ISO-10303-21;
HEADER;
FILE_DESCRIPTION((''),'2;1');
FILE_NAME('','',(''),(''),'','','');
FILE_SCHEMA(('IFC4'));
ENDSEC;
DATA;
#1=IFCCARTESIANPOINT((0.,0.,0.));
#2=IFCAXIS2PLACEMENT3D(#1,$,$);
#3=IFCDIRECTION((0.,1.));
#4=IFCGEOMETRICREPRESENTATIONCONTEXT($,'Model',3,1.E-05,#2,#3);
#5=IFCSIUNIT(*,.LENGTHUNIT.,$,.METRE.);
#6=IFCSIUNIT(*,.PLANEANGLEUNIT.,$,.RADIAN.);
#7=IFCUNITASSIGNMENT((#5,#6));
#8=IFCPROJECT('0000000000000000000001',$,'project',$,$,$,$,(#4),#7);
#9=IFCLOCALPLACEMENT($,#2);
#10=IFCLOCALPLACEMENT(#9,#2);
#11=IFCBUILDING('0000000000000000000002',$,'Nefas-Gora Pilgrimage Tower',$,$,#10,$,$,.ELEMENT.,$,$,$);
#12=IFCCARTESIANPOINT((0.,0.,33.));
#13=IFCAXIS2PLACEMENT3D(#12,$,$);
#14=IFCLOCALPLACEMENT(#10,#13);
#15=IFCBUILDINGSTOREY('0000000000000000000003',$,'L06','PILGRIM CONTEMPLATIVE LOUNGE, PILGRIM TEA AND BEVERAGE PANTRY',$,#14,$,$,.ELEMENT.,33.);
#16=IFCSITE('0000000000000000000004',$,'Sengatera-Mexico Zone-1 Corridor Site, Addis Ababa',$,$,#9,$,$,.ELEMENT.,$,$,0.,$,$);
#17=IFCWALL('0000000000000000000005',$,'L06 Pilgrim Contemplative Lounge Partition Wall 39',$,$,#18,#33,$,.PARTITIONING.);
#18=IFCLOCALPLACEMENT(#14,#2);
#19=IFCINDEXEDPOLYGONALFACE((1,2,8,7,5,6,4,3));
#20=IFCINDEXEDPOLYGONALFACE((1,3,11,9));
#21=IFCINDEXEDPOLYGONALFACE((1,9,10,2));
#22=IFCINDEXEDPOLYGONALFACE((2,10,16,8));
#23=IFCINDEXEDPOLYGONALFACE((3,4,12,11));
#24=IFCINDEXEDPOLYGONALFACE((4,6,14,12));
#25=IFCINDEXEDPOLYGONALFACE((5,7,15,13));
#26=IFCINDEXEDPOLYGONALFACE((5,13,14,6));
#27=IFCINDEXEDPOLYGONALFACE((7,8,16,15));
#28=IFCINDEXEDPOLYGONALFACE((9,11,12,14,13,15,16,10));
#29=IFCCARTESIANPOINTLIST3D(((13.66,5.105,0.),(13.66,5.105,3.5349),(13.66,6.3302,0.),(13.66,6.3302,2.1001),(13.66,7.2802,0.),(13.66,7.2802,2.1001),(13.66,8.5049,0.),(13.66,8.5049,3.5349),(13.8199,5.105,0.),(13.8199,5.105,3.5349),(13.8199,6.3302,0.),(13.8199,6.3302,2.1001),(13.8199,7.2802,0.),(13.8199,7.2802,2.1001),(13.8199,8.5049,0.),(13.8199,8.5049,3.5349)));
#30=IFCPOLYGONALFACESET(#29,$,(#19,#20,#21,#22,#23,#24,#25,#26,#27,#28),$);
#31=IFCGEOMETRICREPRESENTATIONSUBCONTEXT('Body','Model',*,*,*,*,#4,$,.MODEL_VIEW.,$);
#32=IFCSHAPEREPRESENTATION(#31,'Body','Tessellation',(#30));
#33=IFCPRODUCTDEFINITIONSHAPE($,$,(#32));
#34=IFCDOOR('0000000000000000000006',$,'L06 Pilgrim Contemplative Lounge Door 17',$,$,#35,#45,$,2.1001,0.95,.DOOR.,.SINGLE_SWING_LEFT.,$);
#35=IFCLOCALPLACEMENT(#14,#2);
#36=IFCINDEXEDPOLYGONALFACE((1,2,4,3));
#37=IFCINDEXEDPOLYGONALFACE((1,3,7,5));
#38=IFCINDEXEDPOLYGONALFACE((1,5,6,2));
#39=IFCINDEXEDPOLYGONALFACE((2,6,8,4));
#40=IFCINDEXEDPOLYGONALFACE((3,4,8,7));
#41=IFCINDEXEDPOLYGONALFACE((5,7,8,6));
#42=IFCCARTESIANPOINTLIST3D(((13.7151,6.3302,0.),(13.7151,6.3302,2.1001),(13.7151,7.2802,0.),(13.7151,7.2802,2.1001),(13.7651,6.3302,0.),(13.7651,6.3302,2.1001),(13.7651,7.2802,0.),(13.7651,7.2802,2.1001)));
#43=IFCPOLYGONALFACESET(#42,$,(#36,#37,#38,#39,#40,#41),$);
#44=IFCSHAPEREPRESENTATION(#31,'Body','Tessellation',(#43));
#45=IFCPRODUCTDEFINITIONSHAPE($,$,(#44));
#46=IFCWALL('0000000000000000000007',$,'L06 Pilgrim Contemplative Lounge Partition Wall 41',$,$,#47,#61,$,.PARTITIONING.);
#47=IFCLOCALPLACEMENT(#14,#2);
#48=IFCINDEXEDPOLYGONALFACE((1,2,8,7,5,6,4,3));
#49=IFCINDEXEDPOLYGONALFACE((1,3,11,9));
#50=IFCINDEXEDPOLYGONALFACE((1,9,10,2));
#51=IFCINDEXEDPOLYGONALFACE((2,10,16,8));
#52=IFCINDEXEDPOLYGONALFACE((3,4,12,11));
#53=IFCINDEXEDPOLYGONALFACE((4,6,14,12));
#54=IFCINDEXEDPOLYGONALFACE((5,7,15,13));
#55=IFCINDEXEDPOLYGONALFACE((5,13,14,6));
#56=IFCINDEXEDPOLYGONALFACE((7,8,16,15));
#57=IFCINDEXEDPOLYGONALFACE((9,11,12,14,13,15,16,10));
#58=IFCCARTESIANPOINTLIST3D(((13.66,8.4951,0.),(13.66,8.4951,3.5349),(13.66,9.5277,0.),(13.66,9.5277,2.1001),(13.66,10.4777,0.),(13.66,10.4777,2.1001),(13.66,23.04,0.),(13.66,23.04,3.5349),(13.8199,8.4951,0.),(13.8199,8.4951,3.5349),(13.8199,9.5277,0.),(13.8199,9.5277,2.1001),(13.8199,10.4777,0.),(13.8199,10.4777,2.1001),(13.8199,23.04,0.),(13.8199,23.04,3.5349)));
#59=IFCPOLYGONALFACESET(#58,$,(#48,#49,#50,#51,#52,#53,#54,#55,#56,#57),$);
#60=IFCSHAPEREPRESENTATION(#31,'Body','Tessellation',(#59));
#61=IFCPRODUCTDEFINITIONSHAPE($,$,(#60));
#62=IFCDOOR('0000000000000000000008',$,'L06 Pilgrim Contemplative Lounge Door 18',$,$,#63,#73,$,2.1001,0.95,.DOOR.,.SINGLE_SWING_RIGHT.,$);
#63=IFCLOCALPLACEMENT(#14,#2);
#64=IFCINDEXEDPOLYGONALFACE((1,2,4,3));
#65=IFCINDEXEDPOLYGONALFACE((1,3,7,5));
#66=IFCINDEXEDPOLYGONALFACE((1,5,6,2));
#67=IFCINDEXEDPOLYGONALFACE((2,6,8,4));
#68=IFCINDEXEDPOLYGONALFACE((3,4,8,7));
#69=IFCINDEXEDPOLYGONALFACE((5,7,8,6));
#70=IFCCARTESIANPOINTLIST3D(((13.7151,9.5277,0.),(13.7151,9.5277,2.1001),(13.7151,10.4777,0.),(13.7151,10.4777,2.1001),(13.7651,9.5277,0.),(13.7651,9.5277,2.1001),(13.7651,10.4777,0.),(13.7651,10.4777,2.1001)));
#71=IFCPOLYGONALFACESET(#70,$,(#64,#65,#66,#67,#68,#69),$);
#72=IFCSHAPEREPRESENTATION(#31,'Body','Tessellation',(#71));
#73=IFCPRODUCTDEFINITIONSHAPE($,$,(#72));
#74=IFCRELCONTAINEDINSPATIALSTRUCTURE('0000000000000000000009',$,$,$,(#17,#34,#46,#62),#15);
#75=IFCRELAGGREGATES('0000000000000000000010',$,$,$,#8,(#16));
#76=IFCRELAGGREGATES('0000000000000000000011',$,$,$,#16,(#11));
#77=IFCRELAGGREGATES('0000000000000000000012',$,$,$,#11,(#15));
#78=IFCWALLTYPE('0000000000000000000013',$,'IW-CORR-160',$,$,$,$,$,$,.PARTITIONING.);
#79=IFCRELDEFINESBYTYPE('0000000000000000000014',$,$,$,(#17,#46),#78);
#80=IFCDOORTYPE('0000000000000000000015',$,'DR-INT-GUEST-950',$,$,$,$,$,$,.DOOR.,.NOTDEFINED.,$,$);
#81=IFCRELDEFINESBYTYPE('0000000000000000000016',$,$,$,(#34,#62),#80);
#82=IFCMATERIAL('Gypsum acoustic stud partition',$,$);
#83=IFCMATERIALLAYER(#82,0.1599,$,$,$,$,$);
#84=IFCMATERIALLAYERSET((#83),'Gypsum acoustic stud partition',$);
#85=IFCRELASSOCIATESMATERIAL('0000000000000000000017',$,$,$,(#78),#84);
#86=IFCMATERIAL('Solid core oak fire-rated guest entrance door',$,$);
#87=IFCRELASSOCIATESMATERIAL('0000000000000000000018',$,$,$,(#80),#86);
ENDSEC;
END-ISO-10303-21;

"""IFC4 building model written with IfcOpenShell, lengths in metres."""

from ifc_helpers import new_model, si_unit, direction, frame, frame_2d, origin, place, context, subcontext, project, spatial, rectangle, extrude, source, transform, mapped, material, layer, layer_set, type_object, element, fill, save


model = new_model("IFC4")

# Units and contexts
model_context = context("Model", 3, precision=1e-05, world=origin(), true_north=direction((0.0, 1.0)))
body_context = subcontext(model_context, "Body", "Model", "MODEL_VIEW")
ifc_project = project(units=[si_unit("LENGTHUNIT", "METRE"), si_unit("PLANEANGLEUNIT", "RADIAN")], contexts=[model_context])

# Site, building, storey
site_placement = place(None, origin())
site = spatial("IfcSite", under=ifc_project, at=site_placement, Name="Sengatera-Mexico Zone-1 Corridor Site, Addis Ababa", CompositionType="ELEMENT", RefElevation=0.0)
building_placement = place(site_placement, origin())
building = spatial("IfcBuilding", under=site, at=building_placement, Name="Nefas-Gora Pilgrimage Tower", CompositionType="ELEMENT")
storey_placement = place(building_placement, frame((0.0, 0.0, 33.0)))
storey = spatial("IfcBuildingStorey", under=building, at=storey_placement, Name="L06", Description="PILGRIM CONTEMPLATIVE LOUNGE, PILGRIM TEA AND BEVERAGE PANTRY", CompositionType="ELEMENT", Elevation=33.0)

# Shared definitions
ifc_material_1 = material(Name="Gypsum acoustic stud partition")
ifc_layer_1 = layer(ifc_material_1, 0.1599)
ifc_layer_set_1 = layer_set([ifc_layer_1], Name="Gypsum acoustic stud partition")
wall_type_1 = type_object("IfcWallType", Name="IW-CORR-160", PredefinedType="PARTITIONING", material=ifc_layer_set_1)
ifc_material_2 = material(Name="Solid core oak fire-rated guest entrance door")
door_type = type_object("IfcDoorType", Name="DR-INT-GUEST-950", OperationType="NOTDEFINED", PredefinedType="DOOR", material=ifc_material_2)
shared_shape_1 = source(origin(), body_context, "Body", "SweptSolid", [
    extrude(rectangle(XDim=0.95, YDim=2.1001, at=frame_2d((0.4751, 1.05))), frame((0.0, 0.0249, 0.0), z_axis=(0.0, -1.0, 0.0), x_axis=(1.0, 0.0, 0.0)), (0.0, 0.0, 1.0), 0.05),
])

# Walls, openings, doors
shared_shape_2 = source(origin(), body_context, "Body", "SweptSolid", [
    extrude(rectangle(XDim=3.3999, YDim=0.1599, at=frame_2d((1.7, 0.0))), origin(), (0.0, 0.0, 1.0), 3.5349),
])
wall_1_placement = place(storey_placement, frame((13.74, 5.105, 0.0), z_axis=(0.0, 0.0, 1.0), x_axis=(0.0, 1.0, 0.0)))
wall_1 = element("IfcWall", 1, at=wall_1_placement, inside=storey, type_object=wall_type_1, Name="L06 Pilgrim Contemplative Lounge Partition Wall 39", PredefinedType="PARTITIONING", context=body_context, shape_type="MappedRepresentation", body=[
    mapped(shared_shape_2, transform((0.0, 0.0, 0.0), x_axis=(1.0, 0.0, 0.0), y_axis=(0.0, 1.0, 0.0), z_axis=(0.0, 0.0, 1.0), scale=1.0)),
])
opening_1_placement = place(wall_1_placement, frame((1.2251, 0.0, 0.0)))
opening_1 = element("IfcOpeningElement", 2, at=opening_1_placement, cuts=wall_1, PredefinedType="OPENING", context=body_context, shape_type="SweptSolid", body=[
    extrude(rectangle(XDim=0.95, YDim=2.1001, at=frame_2d((0.4751, 1.05))), frame((0.0, 0.0898, 0.0), z_axis=(0.0, -1.0, 0.0), x_axis=(1.0, 0.0, 0.0)), (0.0, 0.0, 1.0), 0.1799),
])
door_1_placement = place(opening_1_placement, origin())
door_1 = element("IfcDoor", 3, at=door_1_placement, inside=storey, type_object=door_type, Name="L06 Pilgrim Contemplative Lounge Door 17", OperationType="SINGLE_SWING_LEFT", OverallHeight=2.1001, OverallWidth=0.95, PredefinedType="DOOR", context=body_context, shape_type="MappedRepresentation", body=[
    mapped(shared_shape_1, transform((0.0, 0.0, 0.0), x_axis=(1.0, 0.0, 0.0), y_axis=(0.0, 1.0, 0.0), z_axis=(0.0, 0.0, 1.0), scale=1.0)),
])
fill(opening_1, door_1)
shared_shape_3 = source(origin(), body_context, "Body", "SweptSolid", [
    extrude(rectangle(XDim=14.5449, YDim=0.1599, at=frame_2d((7.2725, 0.0))), origin(), (0.0, 0.0, 1.0), 3.5349),
])
wall_2_placement = place(storey_placement, frame((13.74, 8.4951, 0.0), z_axis=(0.0, 0.0, 1.0), x_axis=(0.0, 1.0, 0.0)))
wall_2 = element("IfcWall", 4, at=wall_2_placement, inside=storey, type_object=wall_type_1, Name="L06 Pilgrim Contemplative Lounge Partition Wall 41", PredefinedType="PARTITIONING", context=body_context, shape_type="MappedRepresentation", body=[
    mapped(shared_shape_3, transform((0.0, 0.0, 0.0), x_axis=(1.0, 0.0, 0.0), y_axis=(0.0, 1.0, 0.0), z_axis=(0.0, 0.0, 1.0), scale=1.0)),
])
opening_2_placement = place(wall_2_placement, frame((1.0325, 0.0, 0.0)))
opening_2 = element("IfcOpeningElement", 5, at=opening_2_placement, cuts=wall_2, PredefinedType="OPENING", context=body_context, shape_type="SweptSolid", body=[
    extrude(rectangle(XDim=0.95, YDim=2.1001, at=frame_2d((0.4751, 1.05))), frame((0.0, 0.0898, 0.0), z_axis=(0.0, -1.0, 0.0), x_axis=(1.0, 0.0, 0.0)), (0.0, 0.0, 1.0), 0.1799),
])
door_2_placement = place(opening_2_placement, origin())
door_2 = element("IfcDoor", 6, at=door_2_placement, inside=storey, type_object=door_type, Name="L06 Pilgrim Contemplative Lounge Door 18", OperationType="SINGLE_SWING_RIGHT", OverallHeight=2.1001, OverallWidth=0.95, PredefinedType="DOOR", context=body_context, shape_type="MappedRepresentation", body=[
    mapped(shared_shape_1, transform((0.0, 0.0, 0.0), x_axis=(1.0, 0.0, 0.0), y_axis=(0.0, 1.0, 0.0), z_axis=(0.0, 0.0, 1.0), scale=1.0)),
])
fill(opening_2, door_2)

save(model, "model.ifc")
